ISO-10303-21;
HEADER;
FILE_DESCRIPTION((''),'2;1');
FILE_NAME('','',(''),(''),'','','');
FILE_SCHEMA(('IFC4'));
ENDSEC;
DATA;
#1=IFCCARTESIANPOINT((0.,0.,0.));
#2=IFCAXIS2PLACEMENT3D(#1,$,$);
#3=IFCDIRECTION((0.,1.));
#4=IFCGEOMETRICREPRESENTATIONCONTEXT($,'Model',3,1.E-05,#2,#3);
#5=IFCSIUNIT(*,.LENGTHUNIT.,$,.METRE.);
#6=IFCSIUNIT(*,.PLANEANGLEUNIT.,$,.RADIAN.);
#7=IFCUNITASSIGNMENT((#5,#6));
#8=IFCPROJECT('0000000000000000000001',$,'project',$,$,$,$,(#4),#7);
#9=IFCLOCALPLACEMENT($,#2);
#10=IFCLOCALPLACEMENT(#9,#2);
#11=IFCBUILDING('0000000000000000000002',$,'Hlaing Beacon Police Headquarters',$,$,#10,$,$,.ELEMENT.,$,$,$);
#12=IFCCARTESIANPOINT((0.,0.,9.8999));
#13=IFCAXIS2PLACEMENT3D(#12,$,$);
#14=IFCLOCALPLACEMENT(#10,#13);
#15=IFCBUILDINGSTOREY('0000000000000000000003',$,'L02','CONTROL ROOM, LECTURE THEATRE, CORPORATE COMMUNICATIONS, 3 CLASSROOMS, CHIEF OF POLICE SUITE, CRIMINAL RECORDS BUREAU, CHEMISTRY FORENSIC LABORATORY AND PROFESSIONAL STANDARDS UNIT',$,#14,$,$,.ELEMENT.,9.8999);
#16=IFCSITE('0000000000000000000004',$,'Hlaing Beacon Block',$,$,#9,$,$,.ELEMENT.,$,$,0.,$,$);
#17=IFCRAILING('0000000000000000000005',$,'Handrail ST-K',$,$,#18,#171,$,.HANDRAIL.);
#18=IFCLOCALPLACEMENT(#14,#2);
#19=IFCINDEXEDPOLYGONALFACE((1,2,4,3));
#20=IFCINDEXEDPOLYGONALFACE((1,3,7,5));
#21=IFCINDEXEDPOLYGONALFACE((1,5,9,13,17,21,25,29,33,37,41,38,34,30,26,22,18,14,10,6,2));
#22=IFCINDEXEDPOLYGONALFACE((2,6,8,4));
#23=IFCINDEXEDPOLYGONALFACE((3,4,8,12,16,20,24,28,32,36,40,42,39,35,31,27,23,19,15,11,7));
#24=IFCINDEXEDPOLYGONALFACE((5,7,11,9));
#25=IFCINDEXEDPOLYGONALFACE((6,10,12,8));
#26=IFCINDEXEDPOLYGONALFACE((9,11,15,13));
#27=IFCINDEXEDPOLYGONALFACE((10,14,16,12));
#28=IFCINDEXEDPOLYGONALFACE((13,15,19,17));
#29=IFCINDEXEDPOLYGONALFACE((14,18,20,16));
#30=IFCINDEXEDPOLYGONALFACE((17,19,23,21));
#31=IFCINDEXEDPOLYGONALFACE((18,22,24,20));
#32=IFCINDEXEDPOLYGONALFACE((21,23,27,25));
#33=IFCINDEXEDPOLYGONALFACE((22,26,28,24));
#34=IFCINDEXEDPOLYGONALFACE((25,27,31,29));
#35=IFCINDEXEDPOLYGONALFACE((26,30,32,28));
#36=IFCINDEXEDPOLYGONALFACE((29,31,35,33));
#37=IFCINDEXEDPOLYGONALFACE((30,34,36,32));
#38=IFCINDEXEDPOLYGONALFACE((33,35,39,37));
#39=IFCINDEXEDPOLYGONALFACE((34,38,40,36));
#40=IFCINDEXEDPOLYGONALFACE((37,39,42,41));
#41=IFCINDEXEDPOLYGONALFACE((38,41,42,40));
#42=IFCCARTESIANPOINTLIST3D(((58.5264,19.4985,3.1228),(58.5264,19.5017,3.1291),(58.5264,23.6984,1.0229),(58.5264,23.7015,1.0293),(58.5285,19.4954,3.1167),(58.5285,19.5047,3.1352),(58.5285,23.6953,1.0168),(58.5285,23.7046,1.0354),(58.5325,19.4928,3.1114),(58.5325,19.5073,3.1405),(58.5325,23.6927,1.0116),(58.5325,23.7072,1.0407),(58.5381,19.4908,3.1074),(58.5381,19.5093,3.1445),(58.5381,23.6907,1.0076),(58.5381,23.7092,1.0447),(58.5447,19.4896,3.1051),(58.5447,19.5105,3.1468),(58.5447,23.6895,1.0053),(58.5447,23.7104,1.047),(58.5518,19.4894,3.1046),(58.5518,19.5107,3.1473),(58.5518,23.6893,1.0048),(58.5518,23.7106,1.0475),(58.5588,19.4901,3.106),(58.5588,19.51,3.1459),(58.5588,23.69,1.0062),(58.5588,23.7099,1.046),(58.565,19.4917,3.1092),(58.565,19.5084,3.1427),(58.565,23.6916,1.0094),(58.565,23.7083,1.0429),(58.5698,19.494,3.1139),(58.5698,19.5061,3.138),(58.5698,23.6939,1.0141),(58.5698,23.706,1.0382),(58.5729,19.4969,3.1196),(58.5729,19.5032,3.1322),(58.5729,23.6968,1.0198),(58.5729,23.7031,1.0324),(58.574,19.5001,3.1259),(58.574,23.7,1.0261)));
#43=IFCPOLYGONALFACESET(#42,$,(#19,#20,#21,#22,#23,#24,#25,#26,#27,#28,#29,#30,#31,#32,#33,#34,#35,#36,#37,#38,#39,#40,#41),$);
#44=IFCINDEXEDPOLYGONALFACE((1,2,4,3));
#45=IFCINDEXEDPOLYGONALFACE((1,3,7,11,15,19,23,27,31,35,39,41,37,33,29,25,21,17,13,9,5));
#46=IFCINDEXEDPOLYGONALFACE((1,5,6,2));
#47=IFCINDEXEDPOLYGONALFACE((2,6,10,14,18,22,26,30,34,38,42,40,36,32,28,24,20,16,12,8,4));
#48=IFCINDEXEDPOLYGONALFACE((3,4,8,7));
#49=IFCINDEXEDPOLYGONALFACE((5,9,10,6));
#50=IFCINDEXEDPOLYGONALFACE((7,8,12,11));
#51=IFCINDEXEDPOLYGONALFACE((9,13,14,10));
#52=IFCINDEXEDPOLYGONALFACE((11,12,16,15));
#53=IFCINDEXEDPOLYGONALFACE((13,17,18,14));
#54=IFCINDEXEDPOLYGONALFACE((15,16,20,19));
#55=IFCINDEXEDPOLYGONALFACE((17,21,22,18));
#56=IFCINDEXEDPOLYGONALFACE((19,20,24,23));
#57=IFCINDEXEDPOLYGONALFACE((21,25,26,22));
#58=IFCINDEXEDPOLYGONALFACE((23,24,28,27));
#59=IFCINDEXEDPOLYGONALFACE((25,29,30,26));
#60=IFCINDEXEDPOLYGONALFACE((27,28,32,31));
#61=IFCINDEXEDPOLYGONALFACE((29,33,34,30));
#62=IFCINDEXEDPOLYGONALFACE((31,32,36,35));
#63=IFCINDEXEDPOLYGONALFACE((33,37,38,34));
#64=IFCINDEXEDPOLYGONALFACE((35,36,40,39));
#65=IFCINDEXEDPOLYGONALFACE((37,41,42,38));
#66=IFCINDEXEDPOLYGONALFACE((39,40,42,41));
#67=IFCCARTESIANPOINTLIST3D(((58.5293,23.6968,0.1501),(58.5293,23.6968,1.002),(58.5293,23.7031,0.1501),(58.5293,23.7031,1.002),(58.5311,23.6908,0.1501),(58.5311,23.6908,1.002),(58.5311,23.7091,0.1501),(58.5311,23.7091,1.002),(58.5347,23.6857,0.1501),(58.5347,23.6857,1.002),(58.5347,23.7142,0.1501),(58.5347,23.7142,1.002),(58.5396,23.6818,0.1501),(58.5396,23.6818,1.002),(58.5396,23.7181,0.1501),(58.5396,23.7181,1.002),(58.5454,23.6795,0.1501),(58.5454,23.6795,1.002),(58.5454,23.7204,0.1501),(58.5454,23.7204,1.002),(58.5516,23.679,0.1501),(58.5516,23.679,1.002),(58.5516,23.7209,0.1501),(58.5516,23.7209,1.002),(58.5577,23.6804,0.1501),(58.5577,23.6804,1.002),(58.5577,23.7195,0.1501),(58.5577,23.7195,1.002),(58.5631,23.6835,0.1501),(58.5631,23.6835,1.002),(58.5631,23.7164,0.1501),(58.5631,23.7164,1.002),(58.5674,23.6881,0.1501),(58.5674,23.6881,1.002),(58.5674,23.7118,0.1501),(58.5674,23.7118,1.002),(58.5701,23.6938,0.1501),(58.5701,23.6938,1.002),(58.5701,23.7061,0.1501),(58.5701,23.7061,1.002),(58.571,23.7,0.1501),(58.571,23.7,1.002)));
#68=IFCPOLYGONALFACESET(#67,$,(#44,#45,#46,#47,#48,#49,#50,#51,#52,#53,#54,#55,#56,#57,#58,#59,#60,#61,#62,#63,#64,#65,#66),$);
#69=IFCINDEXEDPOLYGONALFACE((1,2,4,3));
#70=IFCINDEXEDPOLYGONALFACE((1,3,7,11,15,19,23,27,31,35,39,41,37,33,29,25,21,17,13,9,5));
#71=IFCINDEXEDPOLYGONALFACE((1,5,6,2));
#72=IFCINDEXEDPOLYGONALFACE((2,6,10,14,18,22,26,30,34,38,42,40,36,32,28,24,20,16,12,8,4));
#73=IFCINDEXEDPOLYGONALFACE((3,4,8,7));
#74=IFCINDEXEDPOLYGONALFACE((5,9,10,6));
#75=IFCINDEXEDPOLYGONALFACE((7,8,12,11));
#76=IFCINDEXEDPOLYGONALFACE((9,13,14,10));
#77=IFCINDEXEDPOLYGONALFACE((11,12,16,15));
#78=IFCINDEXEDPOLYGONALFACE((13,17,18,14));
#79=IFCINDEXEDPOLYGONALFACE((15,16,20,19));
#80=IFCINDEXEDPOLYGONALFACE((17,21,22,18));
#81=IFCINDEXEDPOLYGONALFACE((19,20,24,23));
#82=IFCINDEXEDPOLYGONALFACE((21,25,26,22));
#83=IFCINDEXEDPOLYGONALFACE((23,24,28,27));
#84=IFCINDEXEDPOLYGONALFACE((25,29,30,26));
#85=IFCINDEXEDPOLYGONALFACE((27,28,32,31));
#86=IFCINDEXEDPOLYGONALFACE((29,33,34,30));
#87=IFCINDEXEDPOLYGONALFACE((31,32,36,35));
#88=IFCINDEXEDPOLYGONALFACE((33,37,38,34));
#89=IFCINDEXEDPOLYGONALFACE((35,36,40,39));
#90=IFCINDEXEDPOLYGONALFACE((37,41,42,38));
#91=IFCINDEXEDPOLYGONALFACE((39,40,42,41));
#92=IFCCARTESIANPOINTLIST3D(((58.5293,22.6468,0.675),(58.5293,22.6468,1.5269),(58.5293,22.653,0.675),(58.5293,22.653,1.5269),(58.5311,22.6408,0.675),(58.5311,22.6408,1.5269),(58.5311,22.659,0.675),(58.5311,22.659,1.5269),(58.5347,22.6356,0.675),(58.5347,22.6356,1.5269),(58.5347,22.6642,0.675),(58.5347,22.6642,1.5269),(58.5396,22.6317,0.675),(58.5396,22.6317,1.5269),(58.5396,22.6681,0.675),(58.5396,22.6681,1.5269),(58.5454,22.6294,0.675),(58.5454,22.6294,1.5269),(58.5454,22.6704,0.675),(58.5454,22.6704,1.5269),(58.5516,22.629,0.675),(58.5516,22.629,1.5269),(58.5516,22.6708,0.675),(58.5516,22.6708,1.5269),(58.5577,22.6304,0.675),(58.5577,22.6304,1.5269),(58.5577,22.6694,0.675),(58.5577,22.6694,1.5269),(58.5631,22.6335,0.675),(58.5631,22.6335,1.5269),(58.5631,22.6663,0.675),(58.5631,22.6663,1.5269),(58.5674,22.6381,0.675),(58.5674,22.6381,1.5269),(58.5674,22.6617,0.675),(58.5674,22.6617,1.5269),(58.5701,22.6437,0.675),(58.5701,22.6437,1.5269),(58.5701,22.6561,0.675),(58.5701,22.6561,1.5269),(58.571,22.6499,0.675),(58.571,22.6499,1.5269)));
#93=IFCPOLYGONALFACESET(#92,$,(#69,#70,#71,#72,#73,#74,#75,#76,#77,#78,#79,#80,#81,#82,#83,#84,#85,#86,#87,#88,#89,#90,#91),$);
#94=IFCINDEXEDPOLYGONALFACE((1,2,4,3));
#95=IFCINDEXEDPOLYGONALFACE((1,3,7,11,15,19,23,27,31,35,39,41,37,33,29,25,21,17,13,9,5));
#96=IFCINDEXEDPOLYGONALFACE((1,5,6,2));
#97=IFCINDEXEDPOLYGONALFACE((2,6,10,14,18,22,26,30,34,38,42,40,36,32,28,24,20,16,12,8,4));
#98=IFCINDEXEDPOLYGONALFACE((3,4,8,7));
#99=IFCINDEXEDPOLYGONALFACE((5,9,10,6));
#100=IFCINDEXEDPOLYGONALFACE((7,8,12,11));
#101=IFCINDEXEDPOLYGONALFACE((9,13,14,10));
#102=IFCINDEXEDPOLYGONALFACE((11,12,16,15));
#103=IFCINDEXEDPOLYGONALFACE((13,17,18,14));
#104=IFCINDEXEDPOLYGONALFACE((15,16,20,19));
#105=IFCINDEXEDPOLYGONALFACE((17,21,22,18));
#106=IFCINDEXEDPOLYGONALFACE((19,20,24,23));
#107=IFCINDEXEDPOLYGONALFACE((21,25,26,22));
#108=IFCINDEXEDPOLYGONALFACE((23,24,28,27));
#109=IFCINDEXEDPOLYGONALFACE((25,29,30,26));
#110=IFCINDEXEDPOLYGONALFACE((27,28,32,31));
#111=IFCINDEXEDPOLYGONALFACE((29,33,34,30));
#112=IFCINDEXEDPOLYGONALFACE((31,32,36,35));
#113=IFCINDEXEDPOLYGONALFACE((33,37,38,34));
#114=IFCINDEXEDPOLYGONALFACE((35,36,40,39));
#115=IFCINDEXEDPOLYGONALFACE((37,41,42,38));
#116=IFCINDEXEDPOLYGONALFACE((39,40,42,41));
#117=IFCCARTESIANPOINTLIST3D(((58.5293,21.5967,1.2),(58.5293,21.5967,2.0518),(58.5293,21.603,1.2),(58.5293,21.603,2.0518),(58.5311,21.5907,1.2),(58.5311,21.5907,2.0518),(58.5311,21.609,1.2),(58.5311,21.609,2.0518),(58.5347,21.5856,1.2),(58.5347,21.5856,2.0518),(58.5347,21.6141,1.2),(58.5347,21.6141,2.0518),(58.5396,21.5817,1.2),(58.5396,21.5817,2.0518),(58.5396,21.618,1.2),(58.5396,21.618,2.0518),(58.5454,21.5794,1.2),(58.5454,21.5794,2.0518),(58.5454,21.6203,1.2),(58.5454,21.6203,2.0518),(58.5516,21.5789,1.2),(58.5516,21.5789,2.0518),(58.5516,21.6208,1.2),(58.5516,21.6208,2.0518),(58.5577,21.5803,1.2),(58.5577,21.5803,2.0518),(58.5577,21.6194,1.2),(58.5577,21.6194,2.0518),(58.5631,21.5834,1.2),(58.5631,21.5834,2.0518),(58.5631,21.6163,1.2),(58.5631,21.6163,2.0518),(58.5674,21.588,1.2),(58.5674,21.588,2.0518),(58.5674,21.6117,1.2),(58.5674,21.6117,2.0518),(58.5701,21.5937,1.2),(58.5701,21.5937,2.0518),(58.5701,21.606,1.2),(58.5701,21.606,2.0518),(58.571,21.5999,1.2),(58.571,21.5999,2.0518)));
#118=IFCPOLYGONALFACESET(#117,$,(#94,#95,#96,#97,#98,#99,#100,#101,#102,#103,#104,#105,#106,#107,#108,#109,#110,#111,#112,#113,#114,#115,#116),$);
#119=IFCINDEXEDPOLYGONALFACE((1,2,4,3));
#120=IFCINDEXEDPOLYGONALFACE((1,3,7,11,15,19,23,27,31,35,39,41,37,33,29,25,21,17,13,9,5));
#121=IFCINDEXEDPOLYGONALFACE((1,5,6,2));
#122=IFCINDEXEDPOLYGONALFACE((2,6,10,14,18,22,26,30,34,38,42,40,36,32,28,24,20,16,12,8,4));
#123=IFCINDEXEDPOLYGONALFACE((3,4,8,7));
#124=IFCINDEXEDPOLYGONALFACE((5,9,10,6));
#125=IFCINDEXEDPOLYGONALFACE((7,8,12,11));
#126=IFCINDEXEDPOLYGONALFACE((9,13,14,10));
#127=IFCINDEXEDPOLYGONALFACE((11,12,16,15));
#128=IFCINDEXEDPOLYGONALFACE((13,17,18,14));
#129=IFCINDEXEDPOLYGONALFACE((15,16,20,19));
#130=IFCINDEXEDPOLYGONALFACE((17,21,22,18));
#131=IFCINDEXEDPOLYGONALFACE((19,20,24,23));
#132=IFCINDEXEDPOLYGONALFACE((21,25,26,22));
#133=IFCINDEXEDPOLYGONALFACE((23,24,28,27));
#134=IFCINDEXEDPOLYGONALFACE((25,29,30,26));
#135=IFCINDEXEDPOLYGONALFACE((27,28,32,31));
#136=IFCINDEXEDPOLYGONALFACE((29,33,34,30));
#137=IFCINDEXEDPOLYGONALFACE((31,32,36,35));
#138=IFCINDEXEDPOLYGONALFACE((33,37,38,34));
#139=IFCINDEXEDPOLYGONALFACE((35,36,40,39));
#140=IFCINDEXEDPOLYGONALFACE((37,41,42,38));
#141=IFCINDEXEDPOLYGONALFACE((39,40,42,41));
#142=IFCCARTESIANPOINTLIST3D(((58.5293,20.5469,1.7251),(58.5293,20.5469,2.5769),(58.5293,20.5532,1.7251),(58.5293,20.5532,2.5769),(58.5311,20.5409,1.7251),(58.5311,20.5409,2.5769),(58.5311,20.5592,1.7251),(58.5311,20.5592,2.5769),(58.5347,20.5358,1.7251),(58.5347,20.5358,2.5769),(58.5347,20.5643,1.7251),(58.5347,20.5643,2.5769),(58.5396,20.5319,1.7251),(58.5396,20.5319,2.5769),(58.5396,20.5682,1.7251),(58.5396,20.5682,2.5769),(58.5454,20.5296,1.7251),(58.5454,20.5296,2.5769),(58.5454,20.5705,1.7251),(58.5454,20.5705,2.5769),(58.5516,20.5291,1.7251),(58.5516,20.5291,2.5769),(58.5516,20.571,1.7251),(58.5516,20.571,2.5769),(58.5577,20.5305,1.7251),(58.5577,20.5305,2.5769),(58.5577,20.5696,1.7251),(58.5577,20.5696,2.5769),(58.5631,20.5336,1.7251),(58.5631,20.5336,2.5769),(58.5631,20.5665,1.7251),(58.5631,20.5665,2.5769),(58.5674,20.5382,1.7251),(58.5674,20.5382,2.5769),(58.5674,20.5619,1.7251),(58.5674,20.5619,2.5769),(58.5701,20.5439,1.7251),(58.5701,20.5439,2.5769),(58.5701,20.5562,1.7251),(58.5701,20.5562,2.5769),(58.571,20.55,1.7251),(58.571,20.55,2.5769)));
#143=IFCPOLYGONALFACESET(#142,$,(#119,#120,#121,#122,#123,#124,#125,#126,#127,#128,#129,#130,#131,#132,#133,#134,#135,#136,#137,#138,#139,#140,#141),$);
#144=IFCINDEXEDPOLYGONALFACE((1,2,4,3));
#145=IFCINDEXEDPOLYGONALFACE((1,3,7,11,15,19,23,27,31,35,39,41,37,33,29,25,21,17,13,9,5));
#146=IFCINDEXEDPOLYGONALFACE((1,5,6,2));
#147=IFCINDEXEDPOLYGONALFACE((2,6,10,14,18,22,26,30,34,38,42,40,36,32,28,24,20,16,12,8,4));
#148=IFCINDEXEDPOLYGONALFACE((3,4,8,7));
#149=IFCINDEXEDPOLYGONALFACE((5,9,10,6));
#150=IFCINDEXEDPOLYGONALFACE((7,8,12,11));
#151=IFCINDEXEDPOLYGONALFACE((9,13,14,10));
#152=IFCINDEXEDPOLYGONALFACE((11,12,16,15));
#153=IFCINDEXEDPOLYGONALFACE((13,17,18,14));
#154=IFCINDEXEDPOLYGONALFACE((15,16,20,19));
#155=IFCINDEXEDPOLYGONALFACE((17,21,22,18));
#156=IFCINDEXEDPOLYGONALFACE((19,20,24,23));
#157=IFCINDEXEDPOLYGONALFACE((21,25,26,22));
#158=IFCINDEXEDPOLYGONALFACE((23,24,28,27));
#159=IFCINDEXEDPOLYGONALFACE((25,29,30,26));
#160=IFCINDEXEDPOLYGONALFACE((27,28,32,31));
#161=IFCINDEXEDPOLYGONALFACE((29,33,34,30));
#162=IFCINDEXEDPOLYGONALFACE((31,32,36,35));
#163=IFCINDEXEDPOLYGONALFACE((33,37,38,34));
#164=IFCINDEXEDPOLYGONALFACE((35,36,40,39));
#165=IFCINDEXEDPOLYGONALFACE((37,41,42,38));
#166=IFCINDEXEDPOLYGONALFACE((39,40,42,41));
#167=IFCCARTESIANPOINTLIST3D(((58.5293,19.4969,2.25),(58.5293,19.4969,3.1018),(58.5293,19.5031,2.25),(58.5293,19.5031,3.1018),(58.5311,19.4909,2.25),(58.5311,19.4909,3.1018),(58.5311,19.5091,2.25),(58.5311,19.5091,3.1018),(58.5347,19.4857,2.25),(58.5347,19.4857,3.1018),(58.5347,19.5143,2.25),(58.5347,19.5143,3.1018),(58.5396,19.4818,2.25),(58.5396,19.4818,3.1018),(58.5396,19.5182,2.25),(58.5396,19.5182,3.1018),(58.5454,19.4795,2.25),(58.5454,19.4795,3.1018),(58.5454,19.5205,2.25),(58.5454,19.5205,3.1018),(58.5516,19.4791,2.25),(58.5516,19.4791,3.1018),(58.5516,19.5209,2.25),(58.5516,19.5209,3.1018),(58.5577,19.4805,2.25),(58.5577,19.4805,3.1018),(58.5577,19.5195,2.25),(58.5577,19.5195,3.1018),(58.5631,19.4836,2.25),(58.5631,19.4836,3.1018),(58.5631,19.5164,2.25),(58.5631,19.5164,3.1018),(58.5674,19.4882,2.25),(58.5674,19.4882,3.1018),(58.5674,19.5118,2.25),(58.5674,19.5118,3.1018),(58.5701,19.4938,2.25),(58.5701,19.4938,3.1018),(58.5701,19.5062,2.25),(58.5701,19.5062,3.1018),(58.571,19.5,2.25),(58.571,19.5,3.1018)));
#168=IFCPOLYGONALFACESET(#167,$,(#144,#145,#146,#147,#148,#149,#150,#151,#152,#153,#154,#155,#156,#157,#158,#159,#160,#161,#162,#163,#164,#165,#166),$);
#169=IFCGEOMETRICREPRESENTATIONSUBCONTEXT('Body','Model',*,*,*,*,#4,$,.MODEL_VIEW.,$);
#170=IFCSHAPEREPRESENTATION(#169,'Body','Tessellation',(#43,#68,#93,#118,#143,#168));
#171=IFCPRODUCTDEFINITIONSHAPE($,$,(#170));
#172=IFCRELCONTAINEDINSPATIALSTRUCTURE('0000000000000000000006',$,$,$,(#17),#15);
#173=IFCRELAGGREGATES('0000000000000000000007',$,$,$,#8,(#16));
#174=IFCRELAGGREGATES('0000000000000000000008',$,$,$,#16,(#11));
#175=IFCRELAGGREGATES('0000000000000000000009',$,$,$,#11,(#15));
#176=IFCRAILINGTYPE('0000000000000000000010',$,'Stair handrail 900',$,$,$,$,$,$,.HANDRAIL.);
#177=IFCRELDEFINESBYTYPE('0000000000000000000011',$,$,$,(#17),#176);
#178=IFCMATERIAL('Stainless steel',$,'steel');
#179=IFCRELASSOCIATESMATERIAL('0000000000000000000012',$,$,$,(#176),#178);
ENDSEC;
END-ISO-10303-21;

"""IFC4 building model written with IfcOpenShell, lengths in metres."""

from ifc_helpers import new_model, si_unit, direction, frame, origin, origin_2d, place, context, subcontext, project, spatial, circle, extrude, material, type_object, element, save


model = new_model("IFC4")

# Units and contexts
model_context = context("Model", 3, precision=1e-05, world=origin(), true_north=direction((0.0, 1.0)))
body_context = subcontext(model_context, "Body", "Model", "MODEL_VIEW")
ifc_project = project(units=[si_unit("LENGTHUNIT", "METRE"), si_unit("PLANEANGLEUNIT", "RADIAN")], contexts=[model_context])

# Site, building, storey
site_placement = place(None, origin())
site = spatial("IfcSite", under=ifc_project, at=site_placement, Name="Hlaing Beacon Block", CompositionType="ELEMENT", RefElevation=0.0)
building_placement = place(site_placement, origin())
building = spatial("IfcBuilding", under=site, at=building_placement, Name="Hlaing Beacon Police Headquarters", CompositionType="ELEMENT")
storey_placement = place(building_placement, frame((0.0, 0.0, 9.8999)))
storey = spatial("IfcBuildingStorey", under=building, at=storey_placement, Name="L02", Description="CONTROL ROOM, LECTURE THEATRE, CORPORATE COMMUNICATIONS, 3 CLASSROOMS, CHIEF OF POLICE SUITE, CRIMINAL RECORDS BUREAU, CHEMISTRY FORENSIC LABORATORY AND PROFESSIONAL STANDARDS UNIT", CompositionType="ELEMENT", Elevation=9.8999)

# Railing
ifc_material_1 = material(Name="Stainless steel", Category="steel")
railing_type_1 = type_object("IfcRailingType", Name="Stair handrail 900", PredefinedType="HANDRAIL", material=ifc_material_1)
for number, where, name in (
    (1, (58.55, 23.7, 0.1501), "Handrail ST-K"),
):
    element("IfcRailing", number, at=place(storey_placement, frame(where)), inside=storey, type_object=railing_type_1, Name=name, PredefinedType="HANDRAIL", context=body_context, shape_type="SweptSolid", body=[
        extrude(circle(Radius=0.0239, at=origin_2d()), frame((0.0, 0.0, 0.876), z_axis=(0.0, -0.894438, 0.447193), x_axis=(1.0, 0.0, 0.0)), (0.0, 0.0, 1.0), 4.6956),
        extrude(circle(Radius=0.021, at=origin_2d()), origin(), (0.0, 0.0, 1.0), 0.8518),
        extrude(circle(Radius=0.021, at=origin_2d()), frame((0.0, -1.05, 0.5249)), (0.0, 0.0, 1.0), 0.8518),
        extrude(circle(Radius=0.021, at=origin_2d()), frame((0.0, -2.1001, 1.0498)), (0.0, 0.0, 1.0), 0.8518),
        extrude(circle(Radius=0.021, at=origin_2d()), frame((0.0, -3.1499, 1.575)), (0.0, 0.0, 1.0), 0.8518),
        extrude(circle(Radius=0.021, at=origin_2d()), frame((0.0, -4.2, 2.0999)), (0.0, 0.0, 1.0), 0.8518),
    ])

save(model, "model.ifc")
